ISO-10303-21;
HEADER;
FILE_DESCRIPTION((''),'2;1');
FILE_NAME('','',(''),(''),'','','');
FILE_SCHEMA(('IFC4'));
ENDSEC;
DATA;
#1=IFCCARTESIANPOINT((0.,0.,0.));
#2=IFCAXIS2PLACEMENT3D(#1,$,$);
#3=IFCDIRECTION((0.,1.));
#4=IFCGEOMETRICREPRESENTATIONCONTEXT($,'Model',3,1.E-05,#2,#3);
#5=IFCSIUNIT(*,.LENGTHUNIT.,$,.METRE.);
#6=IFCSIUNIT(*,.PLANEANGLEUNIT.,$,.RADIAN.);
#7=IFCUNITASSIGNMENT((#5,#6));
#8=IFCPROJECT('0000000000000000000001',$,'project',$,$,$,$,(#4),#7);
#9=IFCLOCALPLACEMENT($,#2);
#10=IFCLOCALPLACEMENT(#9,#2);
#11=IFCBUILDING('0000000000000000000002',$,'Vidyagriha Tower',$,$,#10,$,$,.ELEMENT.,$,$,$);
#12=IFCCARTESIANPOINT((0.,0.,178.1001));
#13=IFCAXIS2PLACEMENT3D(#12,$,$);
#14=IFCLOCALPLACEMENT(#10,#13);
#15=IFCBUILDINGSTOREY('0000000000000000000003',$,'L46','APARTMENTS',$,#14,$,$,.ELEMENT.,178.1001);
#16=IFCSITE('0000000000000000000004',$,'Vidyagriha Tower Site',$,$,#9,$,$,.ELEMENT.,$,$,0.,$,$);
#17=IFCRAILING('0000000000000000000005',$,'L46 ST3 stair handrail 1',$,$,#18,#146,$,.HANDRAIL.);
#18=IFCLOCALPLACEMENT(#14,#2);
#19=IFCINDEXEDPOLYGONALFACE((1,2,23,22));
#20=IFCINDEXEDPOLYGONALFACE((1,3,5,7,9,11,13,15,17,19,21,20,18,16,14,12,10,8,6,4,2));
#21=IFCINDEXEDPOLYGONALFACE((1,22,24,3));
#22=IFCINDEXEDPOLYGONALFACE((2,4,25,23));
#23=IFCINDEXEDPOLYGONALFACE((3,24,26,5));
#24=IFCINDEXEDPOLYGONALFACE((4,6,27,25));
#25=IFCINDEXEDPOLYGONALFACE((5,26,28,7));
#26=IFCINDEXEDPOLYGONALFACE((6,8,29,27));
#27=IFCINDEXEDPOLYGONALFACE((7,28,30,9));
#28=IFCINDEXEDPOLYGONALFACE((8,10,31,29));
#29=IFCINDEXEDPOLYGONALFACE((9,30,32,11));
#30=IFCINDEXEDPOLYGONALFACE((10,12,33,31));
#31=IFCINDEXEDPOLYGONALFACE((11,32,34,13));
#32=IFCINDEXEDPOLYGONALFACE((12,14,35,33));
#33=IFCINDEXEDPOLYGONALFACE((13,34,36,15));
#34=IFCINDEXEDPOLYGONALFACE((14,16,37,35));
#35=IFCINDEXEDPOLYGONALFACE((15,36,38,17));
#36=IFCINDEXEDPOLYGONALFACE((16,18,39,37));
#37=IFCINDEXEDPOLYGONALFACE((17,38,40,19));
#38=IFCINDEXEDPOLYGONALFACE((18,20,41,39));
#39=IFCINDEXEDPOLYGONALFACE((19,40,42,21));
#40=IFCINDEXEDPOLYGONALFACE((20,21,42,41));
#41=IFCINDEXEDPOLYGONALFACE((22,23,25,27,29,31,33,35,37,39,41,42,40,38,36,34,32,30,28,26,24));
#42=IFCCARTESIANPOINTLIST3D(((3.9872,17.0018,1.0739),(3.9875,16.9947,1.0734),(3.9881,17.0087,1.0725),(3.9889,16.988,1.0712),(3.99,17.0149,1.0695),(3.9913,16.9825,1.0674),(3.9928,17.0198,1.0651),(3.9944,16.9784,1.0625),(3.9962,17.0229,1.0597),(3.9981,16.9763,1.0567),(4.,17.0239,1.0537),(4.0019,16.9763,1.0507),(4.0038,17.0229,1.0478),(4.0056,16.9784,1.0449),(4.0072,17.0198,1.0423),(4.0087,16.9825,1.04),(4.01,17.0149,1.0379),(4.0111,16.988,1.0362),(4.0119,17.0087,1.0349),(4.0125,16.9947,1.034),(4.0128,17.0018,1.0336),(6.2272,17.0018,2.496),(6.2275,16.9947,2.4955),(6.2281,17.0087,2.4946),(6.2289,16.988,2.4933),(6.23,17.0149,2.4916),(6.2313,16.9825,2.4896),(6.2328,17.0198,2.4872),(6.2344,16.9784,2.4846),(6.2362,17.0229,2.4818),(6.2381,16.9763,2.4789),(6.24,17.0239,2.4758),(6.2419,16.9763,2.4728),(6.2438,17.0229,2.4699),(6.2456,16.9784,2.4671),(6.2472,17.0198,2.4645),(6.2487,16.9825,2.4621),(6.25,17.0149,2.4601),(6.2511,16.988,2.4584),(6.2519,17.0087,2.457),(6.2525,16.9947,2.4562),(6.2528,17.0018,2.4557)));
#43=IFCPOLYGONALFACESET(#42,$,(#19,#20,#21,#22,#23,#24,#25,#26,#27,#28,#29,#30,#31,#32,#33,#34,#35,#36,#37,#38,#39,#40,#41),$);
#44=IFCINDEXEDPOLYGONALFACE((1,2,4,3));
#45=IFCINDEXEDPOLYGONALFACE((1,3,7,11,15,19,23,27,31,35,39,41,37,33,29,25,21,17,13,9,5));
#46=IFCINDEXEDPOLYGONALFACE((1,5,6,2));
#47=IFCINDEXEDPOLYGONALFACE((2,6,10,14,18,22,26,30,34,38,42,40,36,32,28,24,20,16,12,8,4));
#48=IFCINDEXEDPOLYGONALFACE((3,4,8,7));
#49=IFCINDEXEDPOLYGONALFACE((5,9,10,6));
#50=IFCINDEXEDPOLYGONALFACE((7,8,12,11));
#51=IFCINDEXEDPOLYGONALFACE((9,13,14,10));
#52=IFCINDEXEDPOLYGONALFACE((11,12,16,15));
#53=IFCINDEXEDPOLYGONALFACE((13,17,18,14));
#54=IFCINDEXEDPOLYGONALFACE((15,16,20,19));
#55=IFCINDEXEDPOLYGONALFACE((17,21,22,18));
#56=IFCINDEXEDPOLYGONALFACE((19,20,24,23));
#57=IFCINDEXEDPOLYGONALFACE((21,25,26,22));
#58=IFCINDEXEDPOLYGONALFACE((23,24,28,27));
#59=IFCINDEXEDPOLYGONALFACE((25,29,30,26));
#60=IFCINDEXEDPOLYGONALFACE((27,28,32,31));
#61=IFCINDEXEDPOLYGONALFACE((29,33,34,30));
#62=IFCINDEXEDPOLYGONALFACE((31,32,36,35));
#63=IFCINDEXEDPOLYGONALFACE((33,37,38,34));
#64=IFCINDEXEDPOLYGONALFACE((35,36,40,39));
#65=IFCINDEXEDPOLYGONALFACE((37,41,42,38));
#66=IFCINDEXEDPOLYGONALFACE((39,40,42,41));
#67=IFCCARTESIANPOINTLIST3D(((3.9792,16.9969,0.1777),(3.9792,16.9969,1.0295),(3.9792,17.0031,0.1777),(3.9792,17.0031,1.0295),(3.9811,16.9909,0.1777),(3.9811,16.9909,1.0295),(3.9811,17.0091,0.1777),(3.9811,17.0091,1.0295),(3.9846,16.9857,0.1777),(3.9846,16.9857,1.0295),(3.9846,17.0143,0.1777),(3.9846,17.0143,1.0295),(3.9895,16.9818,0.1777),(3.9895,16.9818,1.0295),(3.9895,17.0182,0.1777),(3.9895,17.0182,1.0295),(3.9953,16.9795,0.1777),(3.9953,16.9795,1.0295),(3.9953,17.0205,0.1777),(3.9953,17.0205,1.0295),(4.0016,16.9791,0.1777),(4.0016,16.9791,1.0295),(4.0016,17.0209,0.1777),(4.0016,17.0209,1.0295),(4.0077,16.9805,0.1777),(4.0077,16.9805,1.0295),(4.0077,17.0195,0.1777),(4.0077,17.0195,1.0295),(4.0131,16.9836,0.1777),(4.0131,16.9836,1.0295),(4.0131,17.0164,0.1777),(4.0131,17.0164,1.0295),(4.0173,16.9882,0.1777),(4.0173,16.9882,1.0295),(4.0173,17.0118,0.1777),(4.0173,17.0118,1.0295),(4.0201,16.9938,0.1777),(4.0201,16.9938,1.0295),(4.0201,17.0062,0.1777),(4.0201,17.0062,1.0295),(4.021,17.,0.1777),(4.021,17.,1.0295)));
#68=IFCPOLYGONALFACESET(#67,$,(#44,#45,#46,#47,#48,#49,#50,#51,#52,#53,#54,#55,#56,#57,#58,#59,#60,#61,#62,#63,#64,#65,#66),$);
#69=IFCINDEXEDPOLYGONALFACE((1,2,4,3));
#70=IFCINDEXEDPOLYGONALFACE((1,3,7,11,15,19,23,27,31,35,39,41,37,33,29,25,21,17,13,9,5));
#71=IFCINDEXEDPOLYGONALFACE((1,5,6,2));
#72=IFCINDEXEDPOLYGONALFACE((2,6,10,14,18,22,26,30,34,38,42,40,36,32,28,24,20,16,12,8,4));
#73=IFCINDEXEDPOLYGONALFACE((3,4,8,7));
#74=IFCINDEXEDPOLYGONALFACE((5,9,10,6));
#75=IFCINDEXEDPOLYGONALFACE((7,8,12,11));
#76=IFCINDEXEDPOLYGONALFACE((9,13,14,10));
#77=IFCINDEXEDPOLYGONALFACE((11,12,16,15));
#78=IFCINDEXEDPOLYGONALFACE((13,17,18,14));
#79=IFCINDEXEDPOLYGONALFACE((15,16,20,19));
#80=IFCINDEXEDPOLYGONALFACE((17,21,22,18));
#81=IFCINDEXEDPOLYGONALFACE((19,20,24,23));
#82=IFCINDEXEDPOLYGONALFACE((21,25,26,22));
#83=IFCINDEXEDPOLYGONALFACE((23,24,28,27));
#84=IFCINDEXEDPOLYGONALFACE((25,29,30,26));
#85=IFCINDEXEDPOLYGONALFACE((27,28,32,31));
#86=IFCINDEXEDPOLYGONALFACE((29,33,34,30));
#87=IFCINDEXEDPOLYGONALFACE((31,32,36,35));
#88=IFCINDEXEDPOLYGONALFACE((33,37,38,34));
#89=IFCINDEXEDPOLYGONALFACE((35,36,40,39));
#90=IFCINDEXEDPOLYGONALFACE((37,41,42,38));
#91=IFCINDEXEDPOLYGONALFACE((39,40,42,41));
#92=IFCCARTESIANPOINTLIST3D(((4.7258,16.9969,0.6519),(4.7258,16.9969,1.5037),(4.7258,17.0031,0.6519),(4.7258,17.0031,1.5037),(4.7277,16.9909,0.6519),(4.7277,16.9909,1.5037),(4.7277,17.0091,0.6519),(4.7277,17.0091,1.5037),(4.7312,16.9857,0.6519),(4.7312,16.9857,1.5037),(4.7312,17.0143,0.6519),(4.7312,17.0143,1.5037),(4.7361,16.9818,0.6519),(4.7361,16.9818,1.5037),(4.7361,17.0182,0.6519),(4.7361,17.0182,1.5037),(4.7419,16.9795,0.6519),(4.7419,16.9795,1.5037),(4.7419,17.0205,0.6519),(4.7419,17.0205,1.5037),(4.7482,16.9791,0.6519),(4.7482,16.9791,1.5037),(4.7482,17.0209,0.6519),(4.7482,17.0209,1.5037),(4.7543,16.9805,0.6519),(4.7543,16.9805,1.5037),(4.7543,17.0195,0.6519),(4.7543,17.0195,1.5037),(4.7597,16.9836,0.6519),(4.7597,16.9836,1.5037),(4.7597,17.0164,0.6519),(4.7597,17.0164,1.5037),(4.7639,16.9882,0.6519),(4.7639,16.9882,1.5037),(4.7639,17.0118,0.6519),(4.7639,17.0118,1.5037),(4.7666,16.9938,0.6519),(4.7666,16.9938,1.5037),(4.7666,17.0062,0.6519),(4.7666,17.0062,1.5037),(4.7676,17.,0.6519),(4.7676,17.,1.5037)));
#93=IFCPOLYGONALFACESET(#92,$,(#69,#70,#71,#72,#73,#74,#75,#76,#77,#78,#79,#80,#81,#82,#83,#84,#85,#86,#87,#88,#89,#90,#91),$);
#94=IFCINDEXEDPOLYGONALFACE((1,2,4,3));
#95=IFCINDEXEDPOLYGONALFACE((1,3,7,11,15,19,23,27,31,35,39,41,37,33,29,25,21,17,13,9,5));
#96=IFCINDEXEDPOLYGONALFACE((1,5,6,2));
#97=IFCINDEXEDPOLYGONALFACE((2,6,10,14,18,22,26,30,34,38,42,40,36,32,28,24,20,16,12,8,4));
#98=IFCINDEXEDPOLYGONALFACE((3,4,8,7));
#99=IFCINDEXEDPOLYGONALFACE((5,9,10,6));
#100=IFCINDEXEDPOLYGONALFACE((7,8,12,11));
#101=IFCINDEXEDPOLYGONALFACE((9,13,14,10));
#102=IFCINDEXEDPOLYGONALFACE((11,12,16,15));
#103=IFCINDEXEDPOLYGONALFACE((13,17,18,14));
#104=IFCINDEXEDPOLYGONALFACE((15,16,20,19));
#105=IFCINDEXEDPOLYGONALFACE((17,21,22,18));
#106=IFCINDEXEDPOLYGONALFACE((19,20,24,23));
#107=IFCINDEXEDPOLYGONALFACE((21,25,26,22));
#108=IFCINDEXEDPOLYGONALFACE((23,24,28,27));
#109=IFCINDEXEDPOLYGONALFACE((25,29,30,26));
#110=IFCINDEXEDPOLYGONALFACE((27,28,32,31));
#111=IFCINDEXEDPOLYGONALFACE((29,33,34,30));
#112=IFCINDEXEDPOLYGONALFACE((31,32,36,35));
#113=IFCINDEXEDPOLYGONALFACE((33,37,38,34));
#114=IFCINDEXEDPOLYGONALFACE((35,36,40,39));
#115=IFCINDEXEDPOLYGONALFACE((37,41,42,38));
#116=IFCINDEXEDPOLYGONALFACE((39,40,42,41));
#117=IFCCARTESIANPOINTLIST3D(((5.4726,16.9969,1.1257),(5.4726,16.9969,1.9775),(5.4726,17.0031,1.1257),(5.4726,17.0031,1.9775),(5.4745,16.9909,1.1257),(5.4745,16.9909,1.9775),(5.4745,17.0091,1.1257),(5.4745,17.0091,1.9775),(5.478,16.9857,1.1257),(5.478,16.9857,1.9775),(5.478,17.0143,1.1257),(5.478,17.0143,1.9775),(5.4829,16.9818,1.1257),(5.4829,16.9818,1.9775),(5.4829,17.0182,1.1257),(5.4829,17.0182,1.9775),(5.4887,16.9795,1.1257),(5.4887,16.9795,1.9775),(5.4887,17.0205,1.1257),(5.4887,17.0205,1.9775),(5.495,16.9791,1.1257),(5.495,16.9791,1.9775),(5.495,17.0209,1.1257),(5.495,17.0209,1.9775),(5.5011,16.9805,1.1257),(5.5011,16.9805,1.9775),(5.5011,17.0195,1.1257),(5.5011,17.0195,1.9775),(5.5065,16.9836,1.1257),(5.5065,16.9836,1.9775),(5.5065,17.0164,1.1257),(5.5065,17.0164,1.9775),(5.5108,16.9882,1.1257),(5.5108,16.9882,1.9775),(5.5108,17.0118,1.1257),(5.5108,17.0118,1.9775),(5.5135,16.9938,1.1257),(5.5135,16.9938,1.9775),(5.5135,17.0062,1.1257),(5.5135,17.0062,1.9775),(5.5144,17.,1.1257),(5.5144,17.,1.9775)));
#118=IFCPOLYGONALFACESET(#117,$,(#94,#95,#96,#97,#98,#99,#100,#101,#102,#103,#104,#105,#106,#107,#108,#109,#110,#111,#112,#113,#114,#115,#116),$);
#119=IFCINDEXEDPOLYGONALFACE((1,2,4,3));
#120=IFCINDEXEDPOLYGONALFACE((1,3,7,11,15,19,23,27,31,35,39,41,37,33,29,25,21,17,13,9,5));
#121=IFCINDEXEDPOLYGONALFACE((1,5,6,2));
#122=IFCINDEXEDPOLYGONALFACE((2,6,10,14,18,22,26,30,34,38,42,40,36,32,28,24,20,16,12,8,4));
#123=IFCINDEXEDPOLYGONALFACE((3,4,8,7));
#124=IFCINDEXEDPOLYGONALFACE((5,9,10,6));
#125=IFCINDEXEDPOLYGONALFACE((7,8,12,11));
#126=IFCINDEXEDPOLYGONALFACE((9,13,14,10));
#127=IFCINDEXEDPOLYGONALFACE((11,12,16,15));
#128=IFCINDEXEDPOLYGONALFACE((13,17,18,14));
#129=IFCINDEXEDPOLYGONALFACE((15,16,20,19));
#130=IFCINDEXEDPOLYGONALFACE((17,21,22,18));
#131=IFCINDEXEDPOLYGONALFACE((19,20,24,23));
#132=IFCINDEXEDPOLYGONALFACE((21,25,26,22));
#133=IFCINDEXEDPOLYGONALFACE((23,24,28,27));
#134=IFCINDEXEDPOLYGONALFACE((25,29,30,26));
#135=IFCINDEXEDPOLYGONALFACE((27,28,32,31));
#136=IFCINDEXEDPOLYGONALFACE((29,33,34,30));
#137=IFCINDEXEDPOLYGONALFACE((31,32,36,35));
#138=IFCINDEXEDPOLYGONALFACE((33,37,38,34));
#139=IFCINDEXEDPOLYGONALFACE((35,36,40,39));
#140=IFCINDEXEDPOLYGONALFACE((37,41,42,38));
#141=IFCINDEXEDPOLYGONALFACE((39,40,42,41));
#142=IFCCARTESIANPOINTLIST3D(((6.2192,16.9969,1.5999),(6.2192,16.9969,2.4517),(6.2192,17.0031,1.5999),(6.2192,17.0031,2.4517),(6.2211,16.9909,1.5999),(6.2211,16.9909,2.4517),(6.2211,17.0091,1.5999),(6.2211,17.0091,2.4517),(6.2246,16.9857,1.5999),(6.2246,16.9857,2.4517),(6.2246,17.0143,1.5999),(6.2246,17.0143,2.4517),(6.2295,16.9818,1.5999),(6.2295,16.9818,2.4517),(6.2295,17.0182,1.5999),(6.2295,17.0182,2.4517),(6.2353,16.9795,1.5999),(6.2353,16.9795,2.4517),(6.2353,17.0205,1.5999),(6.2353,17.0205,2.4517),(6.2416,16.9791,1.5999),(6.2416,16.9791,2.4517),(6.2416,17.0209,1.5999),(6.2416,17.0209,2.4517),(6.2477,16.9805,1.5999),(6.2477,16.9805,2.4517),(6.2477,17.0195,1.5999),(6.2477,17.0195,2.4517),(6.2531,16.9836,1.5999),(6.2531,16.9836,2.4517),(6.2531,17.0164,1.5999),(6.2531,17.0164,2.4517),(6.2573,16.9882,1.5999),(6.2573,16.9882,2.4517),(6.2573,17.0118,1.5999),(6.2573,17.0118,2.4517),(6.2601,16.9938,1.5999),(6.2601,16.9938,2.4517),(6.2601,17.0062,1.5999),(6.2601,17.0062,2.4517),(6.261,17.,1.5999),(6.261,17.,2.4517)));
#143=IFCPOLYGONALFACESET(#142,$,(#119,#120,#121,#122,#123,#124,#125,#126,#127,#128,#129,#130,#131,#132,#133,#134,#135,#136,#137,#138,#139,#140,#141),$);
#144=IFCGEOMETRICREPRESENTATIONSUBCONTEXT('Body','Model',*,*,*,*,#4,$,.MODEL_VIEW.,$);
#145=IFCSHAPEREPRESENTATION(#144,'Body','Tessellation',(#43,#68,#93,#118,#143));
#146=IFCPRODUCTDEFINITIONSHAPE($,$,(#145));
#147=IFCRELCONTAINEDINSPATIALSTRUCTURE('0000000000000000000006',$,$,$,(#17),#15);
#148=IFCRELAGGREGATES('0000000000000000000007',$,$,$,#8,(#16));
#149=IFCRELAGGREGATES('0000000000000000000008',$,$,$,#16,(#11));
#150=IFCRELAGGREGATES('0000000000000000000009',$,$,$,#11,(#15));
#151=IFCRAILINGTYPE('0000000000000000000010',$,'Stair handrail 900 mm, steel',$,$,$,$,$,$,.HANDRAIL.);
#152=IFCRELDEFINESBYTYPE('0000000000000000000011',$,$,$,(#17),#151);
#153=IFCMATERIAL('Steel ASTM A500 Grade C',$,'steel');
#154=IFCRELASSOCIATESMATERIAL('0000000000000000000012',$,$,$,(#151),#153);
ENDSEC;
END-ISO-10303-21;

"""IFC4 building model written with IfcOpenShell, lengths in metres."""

from ifc_helpers import new_model, si_unit, direction, frame, origin, origin_2d, place, context, subcontext, project, spatial, circle, extrude, material, type_object, element, save


model = new_model("IFC4")

# Units and contexts
model_context = context("Model", 3, precision=1e-05, world=origin(), true_north=direction((0.0, 1.0)))
body_context = subcontext(model_context, "Body", "Model", "MODEL_VIEW")
ifc_project = project(units=[si_unit("LENGTHUNIT", "METRE"), si_unit("PLANEANGLEUNIT", "RADIAN")], contexts=[model_context])

# Site, building, storey
site_placement = place(None, origin())
site = spatial("IfcSite", under=ifc_project, at=site_placement, Name="Vidyagriha Tower Site", CompositionType="ELEMENT", RefElevation=0.0)
building_placement = place(site_placement, origin())
building = spatial("IfcBuilding", under=site, at=building_placement, Name="Vidyagriha Tower", CompositionType="ELEMENT")
storey_placement = place(building_placement, frame((0.0, 0.0, 178.1001)))
storey = spatial("IfcBuildingStorey", under=building, at=storey_placement, Name="L46", Description="APARTMENTS", CompositionType="ELEMENT", Elevation=178.1001)

# Railing
ifc_material_1 = material(Name="Steel ASTM A500 Grade C", Category="steel")
railing_type_1 = type_object("IfcRailingType", Name="Stair handrail 900 mm, steel", PredefinedType="HANDRAIL", material=ifc_material_1)
railing_1_placement = place(storey_placement, frame((4.0, 17.0, 0.1777)))
element("IfcRailing", 1, at=railing_1_placement, inside=storey, type_object=railing_type_1, Name="L46 ST3 stair handrail 1", PredefinedType="HANDRAIL", context=body_context, shape_type="SweptSolid", body=[
    extrude(circle(Radius=0.0239, at=origin_2d()), frame((0.0, 0.0, 0.876), z_axis=(0.844229, 0.0, 0.535982), x_axis=(0.0, 1.0, 0.0)), (0.0, 0.0, 1.0), 2.6533),
    extrude(circle(Radius=0.021, at=origin_2d()), origin(), (0.0, 0.0, 1.0), 0.8518),
    extrude(circle(Radius=0.021, at=origin_2d()), frame((0.7466, 0.0, 0.4741)), (0.0, 0.0, 1.0), 0.8518),
    extrude(circle(Radius=0.021, at=origin_2d()), frame((1.4934, 0.0, 0.948)), (0.0, 0.0, 1.0), 0.8518),
    extrude(circle(Radius=0.021, at=origin_2d()), frame((2.24, 0.0, 1.4221)), (0.0, 0.0, 1.0), 0.8518),
])

save(model, "model.ifc")
